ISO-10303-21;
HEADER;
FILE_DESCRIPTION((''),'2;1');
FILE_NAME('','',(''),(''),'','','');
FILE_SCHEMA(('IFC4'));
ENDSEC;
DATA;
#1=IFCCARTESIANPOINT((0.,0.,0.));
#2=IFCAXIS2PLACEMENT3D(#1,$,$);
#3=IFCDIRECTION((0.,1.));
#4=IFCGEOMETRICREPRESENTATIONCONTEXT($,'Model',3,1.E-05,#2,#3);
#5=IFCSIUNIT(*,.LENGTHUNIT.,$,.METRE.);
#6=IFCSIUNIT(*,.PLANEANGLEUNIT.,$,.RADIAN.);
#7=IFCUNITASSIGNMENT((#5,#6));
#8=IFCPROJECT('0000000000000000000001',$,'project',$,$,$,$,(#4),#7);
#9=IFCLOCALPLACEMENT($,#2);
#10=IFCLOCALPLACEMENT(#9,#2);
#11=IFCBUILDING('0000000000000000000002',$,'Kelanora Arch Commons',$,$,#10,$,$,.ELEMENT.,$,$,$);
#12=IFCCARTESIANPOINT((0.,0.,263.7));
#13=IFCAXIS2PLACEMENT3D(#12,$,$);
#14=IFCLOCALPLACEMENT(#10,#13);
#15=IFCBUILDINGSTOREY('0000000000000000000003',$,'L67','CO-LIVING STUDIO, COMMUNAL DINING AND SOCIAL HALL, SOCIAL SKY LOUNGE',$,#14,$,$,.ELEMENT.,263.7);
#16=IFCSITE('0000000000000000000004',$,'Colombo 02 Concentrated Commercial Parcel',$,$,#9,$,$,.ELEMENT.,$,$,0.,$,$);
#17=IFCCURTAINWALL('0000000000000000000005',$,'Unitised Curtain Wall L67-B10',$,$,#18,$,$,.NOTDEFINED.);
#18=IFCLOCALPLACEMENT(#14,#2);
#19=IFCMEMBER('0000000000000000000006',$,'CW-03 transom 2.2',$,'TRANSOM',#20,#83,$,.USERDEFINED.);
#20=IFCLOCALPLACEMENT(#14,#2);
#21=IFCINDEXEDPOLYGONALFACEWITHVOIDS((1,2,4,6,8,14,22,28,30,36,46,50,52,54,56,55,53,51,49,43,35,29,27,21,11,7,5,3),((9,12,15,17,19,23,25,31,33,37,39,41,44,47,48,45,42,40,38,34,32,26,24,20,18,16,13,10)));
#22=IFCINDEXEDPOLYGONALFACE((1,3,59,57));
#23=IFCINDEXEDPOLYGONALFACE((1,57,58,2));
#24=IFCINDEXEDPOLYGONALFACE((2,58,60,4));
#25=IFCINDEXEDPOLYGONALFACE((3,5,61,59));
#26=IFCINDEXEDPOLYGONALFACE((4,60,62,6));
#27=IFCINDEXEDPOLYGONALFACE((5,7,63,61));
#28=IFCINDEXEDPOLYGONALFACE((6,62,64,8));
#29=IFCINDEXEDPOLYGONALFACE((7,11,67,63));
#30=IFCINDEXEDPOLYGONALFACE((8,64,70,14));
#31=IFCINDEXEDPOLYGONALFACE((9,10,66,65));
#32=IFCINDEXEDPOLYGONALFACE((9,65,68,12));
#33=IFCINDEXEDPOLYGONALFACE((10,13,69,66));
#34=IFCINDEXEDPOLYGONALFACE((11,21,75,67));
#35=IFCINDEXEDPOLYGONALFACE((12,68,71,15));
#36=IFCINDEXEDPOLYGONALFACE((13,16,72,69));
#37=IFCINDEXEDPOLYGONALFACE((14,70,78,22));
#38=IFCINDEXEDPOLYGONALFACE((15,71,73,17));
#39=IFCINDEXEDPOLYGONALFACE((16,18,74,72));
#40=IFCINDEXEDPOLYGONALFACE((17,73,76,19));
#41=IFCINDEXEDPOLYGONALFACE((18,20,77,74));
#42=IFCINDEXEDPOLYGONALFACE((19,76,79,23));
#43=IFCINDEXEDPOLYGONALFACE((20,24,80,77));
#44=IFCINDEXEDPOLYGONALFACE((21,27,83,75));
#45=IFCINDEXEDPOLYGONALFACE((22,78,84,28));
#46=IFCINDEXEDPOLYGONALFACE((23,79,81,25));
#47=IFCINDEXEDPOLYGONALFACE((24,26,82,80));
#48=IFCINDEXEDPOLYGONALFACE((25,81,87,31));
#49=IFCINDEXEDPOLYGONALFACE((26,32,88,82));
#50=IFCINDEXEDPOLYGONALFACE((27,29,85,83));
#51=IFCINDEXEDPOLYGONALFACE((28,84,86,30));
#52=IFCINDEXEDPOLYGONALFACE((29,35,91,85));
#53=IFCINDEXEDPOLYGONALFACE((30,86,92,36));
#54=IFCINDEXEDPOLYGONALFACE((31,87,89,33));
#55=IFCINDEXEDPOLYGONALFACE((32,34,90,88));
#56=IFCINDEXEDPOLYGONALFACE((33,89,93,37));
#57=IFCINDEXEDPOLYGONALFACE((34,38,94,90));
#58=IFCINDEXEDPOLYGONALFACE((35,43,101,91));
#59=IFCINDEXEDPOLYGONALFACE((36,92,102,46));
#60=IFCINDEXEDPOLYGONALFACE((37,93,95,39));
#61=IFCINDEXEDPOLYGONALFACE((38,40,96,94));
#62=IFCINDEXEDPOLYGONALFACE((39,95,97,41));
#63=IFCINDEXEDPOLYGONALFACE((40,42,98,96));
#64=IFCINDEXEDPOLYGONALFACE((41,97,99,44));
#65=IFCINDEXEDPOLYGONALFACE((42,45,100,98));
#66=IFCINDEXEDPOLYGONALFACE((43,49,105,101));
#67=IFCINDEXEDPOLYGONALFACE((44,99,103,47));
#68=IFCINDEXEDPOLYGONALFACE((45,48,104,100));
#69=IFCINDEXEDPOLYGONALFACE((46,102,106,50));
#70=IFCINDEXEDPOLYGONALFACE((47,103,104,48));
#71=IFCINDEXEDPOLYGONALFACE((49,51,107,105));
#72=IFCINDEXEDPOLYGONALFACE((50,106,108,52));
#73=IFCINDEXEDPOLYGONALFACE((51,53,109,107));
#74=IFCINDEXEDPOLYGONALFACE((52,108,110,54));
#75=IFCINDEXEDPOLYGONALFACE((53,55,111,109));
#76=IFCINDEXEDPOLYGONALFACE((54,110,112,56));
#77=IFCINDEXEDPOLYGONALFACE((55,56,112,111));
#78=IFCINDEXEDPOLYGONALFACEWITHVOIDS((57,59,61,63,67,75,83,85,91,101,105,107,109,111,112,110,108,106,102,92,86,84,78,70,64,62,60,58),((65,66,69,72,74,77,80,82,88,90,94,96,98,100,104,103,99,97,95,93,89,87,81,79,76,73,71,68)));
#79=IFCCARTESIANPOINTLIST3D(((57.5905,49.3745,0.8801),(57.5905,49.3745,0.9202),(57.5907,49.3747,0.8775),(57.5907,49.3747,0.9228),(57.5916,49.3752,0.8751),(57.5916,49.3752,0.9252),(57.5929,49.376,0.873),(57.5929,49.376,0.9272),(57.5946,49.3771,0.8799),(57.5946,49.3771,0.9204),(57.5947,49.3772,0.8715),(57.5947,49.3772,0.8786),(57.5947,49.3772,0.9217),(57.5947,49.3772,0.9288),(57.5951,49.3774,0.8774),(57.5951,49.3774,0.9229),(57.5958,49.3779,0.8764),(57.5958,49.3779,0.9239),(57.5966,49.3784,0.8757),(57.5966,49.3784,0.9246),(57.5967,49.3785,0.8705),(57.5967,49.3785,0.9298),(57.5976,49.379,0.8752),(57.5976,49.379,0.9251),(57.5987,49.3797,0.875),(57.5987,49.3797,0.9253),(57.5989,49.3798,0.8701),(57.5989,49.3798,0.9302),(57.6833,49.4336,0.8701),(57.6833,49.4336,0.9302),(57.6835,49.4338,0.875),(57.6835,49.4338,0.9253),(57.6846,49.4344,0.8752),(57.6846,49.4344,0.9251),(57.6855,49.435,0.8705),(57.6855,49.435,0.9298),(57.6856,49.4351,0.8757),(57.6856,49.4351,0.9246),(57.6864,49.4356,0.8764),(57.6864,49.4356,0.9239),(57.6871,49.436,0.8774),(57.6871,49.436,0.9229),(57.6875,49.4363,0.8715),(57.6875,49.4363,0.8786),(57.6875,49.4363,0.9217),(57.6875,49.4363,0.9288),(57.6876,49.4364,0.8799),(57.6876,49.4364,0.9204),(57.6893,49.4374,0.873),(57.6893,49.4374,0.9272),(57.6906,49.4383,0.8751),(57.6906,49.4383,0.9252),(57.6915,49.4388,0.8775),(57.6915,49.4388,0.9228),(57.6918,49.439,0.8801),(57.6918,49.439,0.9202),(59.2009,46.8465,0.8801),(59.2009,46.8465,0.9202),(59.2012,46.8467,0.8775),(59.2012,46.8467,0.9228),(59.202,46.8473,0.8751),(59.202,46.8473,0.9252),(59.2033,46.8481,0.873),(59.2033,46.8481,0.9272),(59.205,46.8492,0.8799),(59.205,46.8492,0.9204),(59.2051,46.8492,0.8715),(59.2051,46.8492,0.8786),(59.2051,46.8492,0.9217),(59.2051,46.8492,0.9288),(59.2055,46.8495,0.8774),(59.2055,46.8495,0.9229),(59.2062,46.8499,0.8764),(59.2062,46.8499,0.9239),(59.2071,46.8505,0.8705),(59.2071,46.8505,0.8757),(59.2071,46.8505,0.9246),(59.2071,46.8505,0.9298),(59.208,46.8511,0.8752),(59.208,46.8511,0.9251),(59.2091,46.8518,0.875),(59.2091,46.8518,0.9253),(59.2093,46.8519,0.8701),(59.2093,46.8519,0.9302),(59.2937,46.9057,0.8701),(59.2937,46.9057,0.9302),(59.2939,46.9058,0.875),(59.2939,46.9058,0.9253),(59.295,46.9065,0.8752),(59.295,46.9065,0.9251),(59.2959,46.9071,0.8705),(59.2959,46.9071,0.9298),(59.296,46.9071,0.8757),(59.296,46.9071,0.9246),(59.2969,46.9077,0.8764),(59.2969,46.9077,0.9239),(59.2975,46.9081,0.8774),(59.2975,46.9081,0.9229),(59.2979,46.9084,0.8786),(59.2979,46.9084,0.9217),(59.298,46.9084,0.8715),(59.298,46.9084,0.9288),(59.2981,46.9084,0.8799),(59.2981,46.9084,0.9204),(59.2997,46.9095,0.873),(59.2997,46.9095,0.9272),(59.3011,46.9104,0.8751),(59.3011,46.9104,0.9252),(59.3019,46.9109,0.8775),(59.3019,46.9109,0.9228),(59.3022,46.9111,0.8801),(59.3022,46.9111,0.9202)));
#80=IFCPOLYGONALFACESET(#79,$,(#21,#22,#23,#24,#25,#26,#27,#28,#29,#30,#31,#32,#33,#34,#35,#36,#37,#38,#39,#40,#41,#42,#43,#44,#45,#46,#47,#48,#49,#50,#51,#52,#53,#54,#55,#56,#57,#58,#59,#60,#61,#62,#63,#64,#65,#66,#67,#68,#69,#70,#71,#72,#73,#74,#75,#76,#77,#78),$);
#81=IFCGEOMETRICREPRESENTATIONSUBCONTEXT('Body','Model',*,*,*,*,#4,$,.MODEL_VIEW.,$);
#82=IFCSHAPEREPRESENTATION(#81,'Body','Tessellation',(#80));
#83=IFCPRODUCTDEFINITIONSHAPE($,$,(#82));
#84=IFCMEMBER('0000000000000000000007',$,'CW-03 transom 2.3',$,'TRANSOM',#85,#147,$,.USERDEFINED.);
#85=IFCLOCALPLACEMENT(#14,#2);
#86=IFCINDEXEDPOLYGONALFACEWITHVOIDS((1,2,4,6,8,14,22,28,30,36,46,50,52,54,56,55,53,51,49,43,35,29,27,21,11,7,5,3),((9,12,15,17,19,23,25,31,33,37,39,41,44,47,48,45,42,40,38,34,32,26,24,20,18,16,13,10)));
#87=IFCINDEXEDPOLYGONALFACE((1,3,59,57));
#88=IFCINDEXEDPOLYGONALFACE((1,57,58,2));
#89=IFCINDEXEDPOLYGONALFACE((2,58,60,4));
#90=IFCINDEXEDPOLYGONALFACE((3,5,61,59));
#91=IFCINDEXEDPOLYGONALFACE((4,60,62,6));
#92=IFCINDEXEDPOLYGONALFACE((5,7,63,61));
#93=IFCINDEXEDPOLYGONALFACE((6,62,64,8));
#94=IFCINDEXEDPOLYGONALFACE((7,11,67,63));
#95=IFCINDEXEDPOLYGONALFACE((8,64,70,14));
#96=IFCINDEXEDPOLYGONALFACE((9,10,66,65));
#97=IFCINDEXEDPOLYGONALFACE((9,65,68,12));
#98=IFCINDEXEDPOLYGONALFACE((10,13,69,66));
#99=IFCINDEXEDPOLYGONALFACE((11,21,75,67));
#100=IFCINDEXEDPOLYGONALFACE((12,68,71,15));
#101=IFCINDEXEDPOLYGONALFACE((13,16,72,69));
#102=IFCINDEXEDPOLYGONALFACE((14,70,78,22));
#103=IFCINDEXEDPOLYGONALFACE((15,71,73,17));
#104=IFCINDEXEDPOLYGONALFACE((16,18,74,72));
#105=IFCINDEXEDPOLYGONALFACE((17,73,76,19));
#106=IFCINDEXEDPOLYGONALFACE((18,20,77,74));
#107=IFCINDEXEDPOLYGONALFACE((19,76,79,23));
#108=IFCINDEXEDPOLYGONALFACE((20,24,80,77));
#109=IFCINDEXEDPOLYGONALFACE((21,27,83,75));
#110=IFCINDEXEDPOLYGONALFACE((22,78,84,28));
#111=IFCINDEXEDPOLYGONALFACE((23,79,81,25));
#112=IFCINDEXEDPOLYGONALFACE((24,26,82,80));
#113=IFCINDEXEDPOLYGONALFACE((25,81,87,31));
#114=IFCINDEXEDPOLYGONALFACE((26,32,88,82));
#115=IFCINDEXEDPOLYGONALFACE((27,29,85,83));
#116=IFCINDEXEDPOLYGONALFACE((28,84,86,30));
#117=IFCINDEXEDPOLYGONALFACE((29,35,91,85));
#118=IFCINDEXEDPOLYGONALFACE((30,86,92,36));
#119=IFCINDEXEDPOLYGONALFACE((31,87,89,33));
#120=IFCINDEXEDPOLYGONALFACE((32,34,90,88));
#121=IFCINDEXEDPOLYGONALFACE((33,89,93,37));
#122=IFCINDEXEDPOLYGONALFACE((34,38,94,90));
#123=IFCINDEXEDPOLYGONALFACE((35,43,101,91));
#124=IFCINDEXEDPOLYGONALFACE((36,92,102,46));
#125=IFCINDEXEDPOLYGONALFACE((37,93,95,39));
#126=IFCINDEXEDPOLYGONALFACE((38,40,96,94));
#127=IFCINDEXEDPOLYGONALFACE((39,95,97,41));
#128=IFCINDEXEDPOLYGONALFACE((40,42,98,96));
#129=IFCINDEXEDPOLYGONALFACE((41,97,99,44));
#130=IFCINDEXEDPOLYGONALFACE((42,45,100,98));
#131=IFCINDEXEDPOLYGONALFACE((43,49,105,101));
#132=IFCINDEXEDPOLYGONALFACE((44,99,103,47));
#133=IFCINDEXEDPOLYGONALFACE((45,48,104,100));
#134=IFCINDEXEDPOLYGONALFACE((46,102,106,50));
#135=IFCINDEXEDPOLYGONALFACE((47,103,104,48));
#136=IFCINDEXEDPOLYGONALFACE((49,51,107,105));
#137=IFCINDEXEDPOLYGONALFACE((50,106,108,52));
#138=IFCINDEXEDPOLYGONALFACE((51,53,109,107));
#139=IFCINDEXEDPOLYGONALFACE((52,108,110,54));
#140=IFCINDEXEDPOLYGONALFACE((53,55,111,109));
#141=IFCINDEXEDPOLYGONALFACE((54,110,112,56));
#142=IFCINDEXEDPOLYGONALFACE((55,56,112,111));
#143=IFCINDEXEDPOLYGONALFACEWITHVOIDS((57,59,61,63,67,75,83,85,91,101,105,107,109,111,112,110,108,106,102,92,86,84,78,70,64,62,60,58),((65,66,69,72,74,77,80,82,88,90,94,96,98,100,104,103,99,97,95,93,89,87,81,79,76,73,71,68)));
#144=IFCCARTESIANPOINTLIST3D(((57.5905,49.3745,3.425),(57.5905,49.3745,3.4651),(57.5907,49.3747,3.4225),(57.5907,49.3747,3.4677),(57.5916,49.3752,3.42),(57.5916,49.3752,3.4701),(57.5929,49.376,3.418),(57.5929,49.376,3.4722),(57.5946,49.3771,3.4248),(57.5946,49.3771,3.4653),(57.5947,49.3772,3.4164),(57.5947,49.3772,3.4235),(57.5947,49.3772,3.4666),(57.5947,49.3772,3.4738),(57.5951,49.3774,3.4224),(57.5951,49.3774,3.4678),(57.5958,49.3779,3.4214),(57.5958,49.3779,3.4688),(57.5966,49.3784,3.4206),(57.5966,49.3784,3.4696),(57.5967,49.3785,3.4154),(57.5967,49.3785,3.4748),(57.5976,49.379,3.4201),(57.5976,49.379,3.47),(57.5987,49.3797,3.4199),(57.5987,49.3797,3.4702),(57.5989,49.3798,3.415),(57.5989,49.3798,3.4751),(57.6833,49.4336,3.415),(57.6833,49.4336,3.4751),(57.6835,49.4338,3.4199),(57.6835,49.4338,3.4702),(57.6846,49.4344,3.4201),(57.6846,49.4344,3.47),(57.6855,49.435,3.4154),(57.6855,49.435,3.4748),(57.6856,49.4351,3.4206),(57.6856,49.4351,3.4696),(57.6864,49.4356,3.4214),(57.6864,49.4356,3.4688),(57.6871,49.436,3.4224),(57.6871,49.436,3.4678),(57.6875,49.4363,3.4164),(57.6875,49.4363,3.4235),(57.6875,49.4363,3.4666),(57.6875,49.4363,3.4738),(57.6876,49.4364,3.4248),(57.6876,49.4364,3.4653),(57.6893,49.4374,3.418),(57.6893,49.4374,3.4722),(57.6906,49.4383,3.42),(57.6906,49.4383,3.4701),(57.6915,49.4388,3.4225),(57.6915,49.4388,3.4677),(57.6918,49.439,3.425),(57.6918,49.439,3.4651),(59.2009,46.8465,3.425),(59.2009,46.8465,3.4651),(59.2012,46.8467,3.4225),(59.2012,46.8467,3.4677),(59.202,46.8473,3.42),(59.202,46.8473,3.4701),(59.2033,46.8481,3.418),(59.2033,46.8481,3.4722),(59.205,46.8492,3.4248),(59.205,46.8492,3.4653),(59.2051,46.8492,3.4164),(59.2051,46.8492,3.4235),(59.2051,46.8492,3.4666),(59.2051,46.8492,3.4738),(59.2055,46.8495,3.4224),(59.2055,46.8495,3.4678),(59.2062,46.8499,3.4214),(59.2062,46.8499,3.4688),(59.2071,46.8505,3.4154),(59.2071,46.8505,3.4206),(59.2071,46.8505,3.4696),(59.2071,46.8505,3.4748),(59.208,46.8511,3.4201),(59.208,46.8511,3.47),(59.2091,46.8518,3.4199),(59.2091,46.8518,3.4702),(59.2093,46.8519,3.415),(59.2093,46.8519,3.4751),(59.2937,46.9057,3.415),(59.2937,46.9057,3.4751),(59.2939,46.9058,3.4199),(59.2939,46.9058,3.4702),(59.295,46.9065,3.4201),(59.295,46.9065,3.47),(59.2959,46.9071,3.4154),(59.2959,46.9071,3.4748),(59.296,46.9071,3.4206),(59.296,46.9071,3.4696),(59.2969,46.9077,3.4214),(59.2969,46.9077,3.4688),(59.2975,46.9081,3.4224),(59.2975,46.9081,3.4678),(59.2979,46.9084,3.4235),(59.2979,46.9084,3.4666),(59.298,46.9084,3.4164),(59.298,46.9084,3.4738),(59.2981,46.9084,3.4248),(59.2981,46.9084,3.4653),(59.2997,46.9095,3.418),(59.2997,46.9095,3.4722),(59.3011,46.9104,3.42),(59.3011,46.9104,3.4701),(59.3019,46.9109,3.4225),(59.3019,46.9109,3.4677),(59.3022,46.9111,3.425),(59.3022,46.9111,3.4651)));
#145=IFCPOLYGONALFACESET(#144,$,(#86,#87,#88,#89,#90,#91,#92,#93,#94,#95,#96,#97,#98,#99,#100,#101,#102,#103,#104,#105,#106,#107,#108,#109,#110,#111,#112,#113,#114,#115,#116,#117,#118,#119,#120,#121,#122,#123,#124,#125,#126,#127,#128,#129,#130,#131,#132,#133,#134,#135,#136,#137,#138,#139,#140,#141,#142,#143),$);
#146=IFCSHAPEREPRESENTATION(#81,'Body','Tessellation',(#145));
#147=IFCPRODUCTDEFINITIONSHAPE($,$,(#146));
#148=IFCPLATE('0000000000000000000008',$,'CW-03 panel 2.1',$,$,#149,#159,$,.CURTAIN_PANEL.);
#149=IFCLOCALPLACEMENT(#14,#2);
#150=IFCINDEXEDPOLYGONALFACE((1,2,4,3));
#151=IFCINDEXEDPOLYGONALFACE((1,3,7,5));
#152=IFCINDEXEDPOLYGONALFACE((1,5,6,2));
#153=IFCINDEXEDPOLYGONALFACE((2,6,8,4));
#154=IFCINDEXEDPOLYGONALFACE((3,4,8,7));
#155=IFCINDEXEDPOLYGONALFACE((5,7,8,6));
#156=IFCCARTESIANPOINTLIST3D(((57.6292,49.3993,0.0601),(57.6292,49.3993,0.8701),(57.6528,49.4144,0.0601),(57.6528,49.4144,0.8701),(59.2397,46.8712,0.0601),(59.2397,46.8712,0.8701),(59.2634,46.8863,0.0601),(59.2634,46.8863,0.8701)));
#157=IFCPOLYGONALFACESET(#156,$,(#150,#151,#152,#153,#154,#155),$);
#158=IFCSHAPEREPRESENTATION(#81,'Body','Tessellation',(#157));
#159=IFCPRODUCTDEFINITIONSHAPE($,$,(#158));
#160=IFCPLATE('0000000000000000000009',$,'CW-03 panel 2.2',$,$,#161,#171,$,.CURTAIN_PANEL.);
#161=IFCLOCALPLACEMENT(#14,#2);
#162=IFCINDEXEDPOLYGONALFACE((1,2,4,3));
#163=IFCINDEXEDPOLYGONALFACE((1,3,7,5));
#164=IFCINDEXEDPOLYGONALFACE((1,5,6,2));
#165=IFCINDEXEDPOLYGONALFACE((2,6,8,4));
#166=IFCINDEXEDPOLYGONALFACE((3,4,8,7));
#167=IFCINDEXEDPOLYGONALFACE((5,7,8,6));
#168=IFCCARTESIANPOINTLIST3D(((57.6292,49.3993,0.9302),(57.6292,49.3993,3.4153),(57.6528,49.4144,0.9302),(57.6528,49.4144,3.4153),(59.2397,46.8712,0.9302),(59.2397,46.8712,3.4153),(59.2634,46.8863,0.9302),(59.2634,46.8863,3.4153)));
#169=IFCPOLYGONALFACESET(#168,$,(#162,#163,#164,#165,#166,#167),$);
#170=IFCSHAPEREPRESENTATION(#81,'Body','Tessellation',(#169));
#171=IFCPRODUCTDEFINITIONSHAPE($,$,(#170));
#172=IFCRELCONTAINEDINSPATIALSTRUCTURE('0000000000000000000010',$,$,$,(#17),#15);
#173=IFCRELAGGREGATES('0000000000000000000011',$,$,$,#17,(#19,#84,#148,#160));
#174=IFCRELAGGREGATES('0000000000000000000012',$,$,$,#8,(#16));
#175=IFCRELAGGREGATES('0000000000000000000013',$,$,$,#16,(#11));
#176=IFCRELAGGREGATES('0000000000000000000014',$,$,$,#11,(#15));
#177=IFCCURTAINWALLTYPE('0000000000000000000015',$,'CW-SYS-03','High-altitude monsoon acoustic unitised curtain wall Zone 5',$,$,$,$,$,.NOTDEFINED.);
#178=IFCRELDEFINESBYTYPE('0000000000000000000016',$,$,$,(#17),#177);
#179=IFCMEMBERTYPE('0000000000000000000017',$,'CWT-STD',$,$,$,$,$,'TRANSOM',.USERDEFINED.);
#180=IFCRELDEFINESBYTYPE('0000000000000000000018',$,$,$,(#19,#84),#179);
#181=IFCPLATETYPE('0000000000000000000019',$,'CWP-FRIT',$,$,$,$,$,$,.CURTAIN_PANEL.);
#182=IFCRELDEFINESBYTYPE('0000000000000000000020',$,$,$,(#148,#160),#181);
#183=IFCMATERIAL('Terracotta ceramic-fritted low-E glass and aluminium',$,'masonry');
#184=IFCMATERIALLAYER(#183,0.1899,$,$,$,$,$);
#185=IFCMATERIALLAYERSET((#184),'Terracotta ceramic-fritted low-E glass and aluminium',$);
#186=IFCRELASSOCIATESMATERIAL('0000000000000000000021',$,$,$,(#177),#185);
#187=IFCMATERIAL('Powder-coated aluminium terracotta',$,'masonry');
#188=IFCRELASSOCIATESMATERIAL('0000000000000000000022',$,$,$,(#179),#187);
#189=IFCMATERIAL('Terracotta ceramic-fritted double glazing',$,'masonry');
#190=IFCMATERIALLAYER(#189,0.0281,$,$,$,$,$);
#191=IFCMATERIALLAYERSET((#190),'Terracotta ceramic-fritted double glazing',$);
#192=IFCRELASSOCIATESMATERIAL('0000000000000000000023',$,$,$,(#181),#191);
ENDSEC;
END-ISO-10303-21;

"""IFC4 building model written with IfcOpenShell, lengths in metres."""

from ifc_helpers import new_model, si_unit, direction, frame, origin, origin_2d, place, context, subcontext, project, spatial, rectangle, hollow_rectangle, extrude, source, transform, mapped, material, layer, layer_set, material_profile, profile_set, type_object, element, aggregate, save


model = new_model("IFC4")

# Units and contexts
model_context = context("Model", 3, precision=1e-05, world=origin(), true_north=direction((0.0, 1.0)))
body_context = subcontext(model_context, "Body", "Model", "MODEL_VIEW")
ifc_project = project(units=[si_unit("LENGTHUNIT", "METRE"), si_unit("PLANEANGLEUNIT", "RADIAN")], contexts=[model_context])

# Site, building, storey
site_placement = place(None, origin())
site = spatial("IfcSite", under=ifc_project, at=site_placement, Name="Colombo 02 Concentrated Commercial Parcel", CompositionType="ELEMENT", RefElevation=0.0)
building_placement = place(site_placement, origin())
building = spatial("IfcBuilding", under=site, at=building_placement, Name="Kelanora Arch Commons", CompositionType="ELEMENT")
storey_placement = place(building_placement, frame((0.0, 0.0, 263.7)))
storey = spatial("IfcBuildingStorey", under=building, at=storey_placement, Name="L67", Description="CO-LIVING STUDIO, COMMUNAL DINING AND SOCIAL HALL, SOCIAL SKY LOUNGE", CompositionType="ELEMENT", Elevation=263.7)

# Curtain wall, members, plates
ifc_material_1 = material(Name="Terracotta ceramic-fritted low-E glass and aluminium", Category="masonry")
ifc_layer_1 = layer(ifc_material_1, 0.1899)
ifc_layer_set_1 = layer_set([ifc_layer_1], Name="Terracotta ceramic-fritted low-E glass and aluminium")
curtain_wall_type = type_object("IfcCurtainWallType", Name="CW-SYS-03", Description="High-altitude monsoon acoustic unitised curtain wall Zone 5", PredefinedType="NOTDEFINED", material=ifc_layer_set_1)
curtain_wall_placement = place(storey_placement, origin())
curtain_wall = element("IfcCurtainWall", 1, at=curtain_wall_placement, inside=storey, type_object=curtain_wall_type, Name="Unitised Curtain Wall L67-B10", PredefinedType="NOTDEFINED")
ifc_material_2 = material(Name="Powder-coated aluminium terracotta", Category="masonry")
ifc_material_profile_1 = material_profile(ifc_material_2, hollow_rectangle(XDim=0.1201, YDim=0.0601, WallThickness=0.0049, InnerFilletRadius=0.0049, OuterFilletRadius=0.01, at=origin_2d()), Name="CWT120x60")
ifc_profile_set_1 = profile_set([ifc_material_profile_1], Name="Powder-coated aluminium terracotta")
member_type_1 = type_object("IfcMemberType", Name="CWT-STD", ElementType="TRANSOM", PredefinedType="USERDEFINED", material=ifc_profile_set_1)
member_1_placement = place(storey_placement, frame((57.6411, 49.4067, 0.9001), z_axis=(0.537287, -0.8434, 0.0), x_axis=(0.8434, 0.537287, 0.0)))
member_1 = element("IfcMember", 2, at=member_1_placement, type_object=member_type_1, Name="CW-03 transom 2.2", ObjectType="TRANSOM", PredefinedType="USERDEFINED", context=body_context, shape_type="SweptSolid", body=[
    extrude(hollow_rectangle(XDim=0.1201, YDim=0.0601, WallThickness=0.0049, InnerFilletRadius=0.0049, OuterFilletRadius=0.01, at=origin_2d()), origin(), (0.0, 0.0, 1.0), 2.9973),
])
member_2_placement = place(storey_placement, frame((57.6411, 49.4067, 3.4451), z_axis=(0.537287, -0.8434, 0.0), x_axis=(0.8434, 0.537287, 0.0)))
member_2 = element("IfcMember", 3, at=member_2_placement, type_object=member_type_1, Name="CW-03 transom 2.3", ObjectType="TRANSOM", PredefinedType="USERDEFINED", context=body_context, shape_type="SweptSolid", body=[
    extrude(hollow_rectangle(XDim=0.1201, YDim=0.0601, WallThickness=0.0049, InnerFilletRadius=0.0049, OuterFilletRadius=0.01, at=origin_2d()), origin(), (0.0, 0.0, 1.0), 2.9973),
])
ifc_material_3 = material(Name="Terracotta ceramic-fritted double glazing", Category="masonry")
ifc_layer_2 = layer(ifc_material_3, 0.0281)
ifc_layer_set_2 = layer_set([ifc_layer_2], Name="Terracotta ceramic-fritted double glazing")
plate_type = type_object("IfcPlateType", Name="CWP-FRIT", PredefinedType="CURTAIN_PANEL", material=ifc_layer_set_2)
shared_shape_1 = source(origin(), body_context, "Body", "SweptSolid", [
    extrude(rectangle(XDim=2.9976, YDim=0.0281, at=origin_2d()), origin(), (0.0, 0.0, 1.0), 0.8101),
])
plate_1_placement = place(storey_placement, frame((58.4463, 48.1428, 0.0601), z_axis=(0.0, 0.0, 1.0), x_axis=(0.5373, -0.843391, 0.0)))
plate_1 = element("IfcPlate", 4, at=plate_1_placement, type_object=plate_type, Name="CW-03 panel 2.1", PredefinedType="CURTAIN_PANEL", context=body_context, shape_type="MappedRepresentation", body=[
    mapped(shared_shape_1, transform((0.0, 0.0, 0.0), scale=1.0)),
])
shared_shape_2 = source(origin(), body_context, "Body", "SweptSolid", [
    extrude(rectangle(XDim=2.9976, YDim=0.0281, at=origin_2d()), origin(), (0.0, 0.0, 1.0), 2.4851),
])
plate_2_placement = place(storey_placement, frame((58.4463, 48.1428, 0.9302), z_axis=(0.0, 0.0, 1.0), x_axis=(0.5373, -0.843391, 0.0)))
plate_2 = element("IfcPlate", 5, at=plate_2_placement, type_object=plate_type, Name="CW-03 panel 2.2", PredefinedType="CURTAIN_PANEL", context=body_context, shape_type="MappedRepresentation", body=[
    mapped(shared_shape_2, transform((0.0, 0.0, 0.0), scale=1.0)),
])
aggregate(curtain_wall, [member_1, member_2, plate_1, plate_2])

save(model, "model.ifc")
